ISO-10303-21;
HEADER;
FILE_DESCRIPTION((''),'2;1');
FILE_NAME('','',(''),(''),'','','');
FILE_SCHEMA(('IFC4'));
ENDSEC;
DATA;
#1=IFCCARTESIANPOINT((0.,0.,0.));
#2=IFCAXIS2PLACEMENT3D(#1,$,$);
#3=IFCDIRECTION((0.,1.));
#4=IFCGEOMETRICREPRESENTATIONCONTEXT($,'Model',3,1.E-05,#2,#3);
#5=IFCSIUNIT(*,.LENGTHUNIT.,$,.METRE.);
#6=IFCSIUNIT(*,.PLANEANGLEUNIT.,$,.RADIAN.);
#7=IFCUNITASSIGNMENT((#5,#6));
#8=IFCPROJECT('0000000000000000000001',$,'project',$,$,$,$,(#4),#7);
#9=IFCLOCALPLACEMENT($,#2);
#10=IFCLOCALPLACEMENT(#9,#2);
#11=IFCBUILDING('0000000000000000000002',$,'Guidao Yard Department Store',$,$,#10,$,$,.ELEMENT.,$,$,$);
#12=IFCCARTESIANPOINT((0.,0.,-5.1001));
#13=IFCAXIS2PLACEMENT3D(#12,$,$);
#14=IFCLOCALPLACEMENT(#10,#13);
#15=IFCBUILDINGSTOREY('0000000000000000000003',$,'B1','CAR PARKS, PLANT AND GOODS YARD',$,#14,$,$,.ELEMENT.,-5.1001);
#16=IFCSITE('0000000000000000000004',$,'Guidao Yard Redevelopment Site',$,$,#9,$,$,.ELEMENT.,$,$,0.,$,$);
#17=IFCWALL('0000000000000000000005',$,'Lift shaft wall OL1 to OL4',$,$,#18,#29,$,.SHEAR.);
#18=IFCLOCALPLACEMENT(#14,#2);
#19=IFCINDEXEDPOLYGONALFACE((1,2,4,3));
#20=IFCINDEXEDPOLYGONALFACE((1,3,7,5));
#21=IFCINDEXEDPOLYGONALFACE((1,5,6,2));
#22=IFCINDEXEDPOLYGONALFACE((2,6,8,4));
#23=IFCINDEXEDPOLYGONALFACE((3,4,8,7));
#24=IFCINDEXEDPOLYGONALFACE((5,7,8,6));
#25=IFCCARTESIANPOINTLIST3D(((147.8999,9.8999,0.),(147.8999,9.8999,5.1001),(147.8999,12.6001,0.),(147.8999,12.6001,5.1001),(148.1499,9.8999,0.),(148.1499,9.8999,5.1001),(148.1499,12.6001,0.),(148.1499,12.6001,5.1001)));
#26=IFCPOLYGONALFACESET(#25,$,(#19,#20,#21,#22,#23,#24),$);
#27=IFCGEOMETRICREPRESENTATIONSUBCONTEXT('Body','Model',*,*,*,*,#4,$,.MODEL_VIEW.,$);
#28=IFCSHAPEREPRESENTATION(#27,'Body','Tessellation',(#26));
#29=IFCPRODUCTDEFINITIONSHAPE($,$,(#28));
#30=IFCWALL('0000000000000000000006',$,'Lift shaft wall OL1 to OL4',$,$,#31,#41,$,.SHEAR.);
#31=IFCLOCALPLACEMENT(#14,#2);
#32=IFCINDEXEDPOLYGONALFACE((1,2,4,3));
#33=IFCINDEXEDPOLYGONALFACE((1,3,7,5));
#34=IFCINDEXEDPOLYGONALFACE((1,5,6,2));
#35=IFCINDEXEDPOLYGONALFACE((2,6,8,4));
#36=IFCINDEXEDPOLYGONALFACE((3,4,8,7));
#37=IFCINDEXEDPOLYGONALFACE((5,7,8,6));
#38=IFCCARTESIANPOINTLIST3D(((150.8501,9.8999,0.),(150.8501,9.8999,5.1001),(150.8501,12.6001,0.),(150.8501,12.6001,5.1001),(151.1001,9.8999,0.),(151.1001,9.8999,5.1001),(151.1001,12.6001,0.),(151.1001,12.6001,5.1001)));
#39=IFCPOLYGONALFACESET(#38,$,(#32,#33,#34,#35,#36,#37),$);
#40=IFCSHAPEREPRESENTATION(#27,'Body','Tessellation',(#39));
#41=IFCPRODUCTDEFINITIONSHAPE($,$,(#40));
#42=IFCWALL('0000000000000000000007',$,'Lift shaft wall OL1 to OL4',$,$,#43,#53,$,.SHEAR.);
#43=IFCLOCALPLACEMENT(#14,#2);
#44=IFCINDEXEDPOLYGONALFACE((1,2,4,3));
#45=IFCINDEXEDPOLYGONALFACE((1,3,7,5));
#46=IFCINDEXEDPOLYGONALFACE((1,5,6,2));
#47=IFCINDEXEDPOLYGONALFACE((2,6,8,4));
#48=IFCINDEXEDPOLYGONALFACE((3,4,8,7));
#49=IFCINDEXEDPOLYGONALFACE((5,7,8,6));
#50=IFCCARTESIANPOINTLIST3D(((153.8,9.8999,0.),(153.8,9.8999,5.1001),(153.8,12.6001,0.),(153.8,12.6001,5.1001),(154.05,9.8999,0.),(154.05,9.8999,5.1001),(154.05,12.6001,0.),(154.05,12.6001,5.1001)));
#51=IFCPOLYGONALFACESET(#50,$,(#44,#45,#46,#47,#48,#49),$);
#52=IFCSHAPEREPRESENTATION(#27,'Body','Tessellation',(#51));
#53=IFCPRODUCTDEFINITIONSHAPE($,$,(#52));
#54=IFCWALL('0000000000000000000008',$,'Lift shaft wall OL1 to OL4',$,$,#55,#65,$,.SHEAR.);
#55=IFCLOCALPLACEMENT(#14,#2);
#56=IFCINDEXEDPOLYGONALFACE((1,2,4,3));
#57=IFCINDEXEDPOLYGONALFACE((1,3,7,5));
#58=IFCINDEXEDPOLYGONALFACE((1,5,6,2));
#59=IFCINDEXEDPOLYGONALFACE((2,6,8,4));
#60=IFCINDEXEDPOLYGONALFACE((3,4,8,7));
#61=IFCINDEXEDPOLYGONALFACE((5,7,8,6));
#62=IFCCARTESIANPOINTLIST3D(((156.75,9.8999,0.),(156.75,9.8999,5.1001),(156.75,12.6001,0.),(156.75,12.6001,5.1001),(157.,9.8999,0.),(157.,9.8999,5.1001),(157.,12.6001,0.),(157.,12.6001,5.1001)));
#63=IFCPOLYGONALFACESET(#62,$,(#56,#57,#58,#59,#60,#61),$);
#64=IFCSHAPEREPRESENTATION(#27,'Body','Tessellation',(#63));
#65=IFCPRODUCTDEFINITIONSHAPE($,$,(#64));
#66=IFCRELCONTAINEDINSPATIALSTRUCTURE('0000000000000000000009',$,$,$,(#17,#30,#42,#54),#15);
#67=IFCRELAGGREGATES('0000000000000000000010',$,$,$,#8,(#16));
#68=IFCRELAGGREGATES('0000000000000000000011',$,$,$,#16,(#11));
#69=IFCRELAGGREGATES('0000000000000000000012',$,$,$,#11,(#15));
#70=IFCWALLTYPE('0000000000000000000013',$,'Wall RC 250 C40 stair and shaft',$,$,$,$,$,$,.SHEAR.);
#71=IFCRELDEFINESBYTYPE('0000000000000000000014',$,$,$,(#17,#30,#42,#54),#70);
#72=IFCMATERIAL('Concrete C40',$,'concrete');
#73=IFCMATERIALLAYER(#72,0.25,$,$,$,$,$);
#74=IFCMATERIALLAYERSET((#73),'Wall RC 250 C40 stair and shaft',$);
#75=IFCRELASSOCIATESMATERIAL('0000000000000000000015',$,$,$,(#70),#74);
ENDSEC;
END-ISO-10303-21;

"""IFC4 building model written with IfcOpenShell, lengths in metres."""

from ifc_helpers import new_model, si_unit, direction, frame, frame_2d, origin, place, context, subcontext, project, spatial, rectangle, extrude, material, layer, layer_set, type_object, element, save


model = new_model("IFC4")

# Units and contexts
model_context = context("Model", 3, precision=1e-05, world=origin(), true_north=direction((0.0, 1.0)))
body_context = subcontext(model_context, "Body", "Model", "MODEL_VIEW")
ifc_project = project(units=[si_unit("LENGTHUNIT", "METRE"), si_unit("PLANEANGLEUNIT", "RADIAN")], contexts=[model_context])

# Site, building, storey
site_placement = place(None, origin())
site = spatial("IfcSite", under=ifc_project, at=site_placement, Name="Guidao Yard Redevelopment Site", CompositionType="ELEMENT", RefElevation=0.0)
building_placement = place(site_placement, origin())
building = spatial("IfcBuilding", under=site, at=building_placement, Name="Guidao Yard Department Store", CompositionType="ELEMENT")
storey_placement = place(building_placement, frame((0.0, 0.0, -5.1001)))
storey = spatial("IfcBuildingStorey", under=building, at=storey_placement, Name="B1", Description="CAR PARKS, PLANT AND GOODS YARD", CompositionType="ELEMENT", Elevation=-5.1001)

# Walls
ifc_material_1 = material(Name="Concrete C40", Category="concrete")
ifc_layer_1 = layer(ifc_material_1, 0.25)
ifc_layer_set_1 = layer_set([ifc_layer_1], Name="Wall RC 250 C40 stair and shaft")
wall_type_1 = type_object("IfcWallType", Name="Wall RC 250 C40 stair and shaft", PredefinedType="SHEAR", material=ifc_layer_set_1)
for number, where, z_axis, x_axis, name in (
    (1, (148.0249, 9.8999, 0.0), (0.0, 0.0, 1.0), (0.0, 1.0, 0.0), "Lift shaft wall OL1 to OL4"),
    (2, (150.9751, 9.8999, 0.0), (0.0, 0.0, 1.0), (0.0, 1.0, 0.0), "Lift shaft wall OL1 to OL4"),
    (3, (153.925, 9.8999, 0.0), (0.0, 0.0, 1.0), (0.0, 1.0, 0.0), "Lift shaft wall OL1 to OL4"),
    (4, (156.875, 9.8999, 0.0), (0.0, 0.0, 1.0), (0.0, 1.0, 0.0), "Lift shaft wall OL1 to OL4"),
):
    element("IfcWall", number, at=place(storey_placement, frame(where, z_axis=z_axis, x_axis=x_axis)), inside=storey, type_object=wall_type_1, Name=name, PredefinedType="SHEAR", context=body_context, shape_type="SweptSolid", body=[
        extrude(rectangle(XDim=2.7002, YDim=0.25, at=frame_2d((1.3501, 0.0))), origin(), (0.0, 0.0, 1.0), 5.1001),
    ])

save(model, "model.ifc")
